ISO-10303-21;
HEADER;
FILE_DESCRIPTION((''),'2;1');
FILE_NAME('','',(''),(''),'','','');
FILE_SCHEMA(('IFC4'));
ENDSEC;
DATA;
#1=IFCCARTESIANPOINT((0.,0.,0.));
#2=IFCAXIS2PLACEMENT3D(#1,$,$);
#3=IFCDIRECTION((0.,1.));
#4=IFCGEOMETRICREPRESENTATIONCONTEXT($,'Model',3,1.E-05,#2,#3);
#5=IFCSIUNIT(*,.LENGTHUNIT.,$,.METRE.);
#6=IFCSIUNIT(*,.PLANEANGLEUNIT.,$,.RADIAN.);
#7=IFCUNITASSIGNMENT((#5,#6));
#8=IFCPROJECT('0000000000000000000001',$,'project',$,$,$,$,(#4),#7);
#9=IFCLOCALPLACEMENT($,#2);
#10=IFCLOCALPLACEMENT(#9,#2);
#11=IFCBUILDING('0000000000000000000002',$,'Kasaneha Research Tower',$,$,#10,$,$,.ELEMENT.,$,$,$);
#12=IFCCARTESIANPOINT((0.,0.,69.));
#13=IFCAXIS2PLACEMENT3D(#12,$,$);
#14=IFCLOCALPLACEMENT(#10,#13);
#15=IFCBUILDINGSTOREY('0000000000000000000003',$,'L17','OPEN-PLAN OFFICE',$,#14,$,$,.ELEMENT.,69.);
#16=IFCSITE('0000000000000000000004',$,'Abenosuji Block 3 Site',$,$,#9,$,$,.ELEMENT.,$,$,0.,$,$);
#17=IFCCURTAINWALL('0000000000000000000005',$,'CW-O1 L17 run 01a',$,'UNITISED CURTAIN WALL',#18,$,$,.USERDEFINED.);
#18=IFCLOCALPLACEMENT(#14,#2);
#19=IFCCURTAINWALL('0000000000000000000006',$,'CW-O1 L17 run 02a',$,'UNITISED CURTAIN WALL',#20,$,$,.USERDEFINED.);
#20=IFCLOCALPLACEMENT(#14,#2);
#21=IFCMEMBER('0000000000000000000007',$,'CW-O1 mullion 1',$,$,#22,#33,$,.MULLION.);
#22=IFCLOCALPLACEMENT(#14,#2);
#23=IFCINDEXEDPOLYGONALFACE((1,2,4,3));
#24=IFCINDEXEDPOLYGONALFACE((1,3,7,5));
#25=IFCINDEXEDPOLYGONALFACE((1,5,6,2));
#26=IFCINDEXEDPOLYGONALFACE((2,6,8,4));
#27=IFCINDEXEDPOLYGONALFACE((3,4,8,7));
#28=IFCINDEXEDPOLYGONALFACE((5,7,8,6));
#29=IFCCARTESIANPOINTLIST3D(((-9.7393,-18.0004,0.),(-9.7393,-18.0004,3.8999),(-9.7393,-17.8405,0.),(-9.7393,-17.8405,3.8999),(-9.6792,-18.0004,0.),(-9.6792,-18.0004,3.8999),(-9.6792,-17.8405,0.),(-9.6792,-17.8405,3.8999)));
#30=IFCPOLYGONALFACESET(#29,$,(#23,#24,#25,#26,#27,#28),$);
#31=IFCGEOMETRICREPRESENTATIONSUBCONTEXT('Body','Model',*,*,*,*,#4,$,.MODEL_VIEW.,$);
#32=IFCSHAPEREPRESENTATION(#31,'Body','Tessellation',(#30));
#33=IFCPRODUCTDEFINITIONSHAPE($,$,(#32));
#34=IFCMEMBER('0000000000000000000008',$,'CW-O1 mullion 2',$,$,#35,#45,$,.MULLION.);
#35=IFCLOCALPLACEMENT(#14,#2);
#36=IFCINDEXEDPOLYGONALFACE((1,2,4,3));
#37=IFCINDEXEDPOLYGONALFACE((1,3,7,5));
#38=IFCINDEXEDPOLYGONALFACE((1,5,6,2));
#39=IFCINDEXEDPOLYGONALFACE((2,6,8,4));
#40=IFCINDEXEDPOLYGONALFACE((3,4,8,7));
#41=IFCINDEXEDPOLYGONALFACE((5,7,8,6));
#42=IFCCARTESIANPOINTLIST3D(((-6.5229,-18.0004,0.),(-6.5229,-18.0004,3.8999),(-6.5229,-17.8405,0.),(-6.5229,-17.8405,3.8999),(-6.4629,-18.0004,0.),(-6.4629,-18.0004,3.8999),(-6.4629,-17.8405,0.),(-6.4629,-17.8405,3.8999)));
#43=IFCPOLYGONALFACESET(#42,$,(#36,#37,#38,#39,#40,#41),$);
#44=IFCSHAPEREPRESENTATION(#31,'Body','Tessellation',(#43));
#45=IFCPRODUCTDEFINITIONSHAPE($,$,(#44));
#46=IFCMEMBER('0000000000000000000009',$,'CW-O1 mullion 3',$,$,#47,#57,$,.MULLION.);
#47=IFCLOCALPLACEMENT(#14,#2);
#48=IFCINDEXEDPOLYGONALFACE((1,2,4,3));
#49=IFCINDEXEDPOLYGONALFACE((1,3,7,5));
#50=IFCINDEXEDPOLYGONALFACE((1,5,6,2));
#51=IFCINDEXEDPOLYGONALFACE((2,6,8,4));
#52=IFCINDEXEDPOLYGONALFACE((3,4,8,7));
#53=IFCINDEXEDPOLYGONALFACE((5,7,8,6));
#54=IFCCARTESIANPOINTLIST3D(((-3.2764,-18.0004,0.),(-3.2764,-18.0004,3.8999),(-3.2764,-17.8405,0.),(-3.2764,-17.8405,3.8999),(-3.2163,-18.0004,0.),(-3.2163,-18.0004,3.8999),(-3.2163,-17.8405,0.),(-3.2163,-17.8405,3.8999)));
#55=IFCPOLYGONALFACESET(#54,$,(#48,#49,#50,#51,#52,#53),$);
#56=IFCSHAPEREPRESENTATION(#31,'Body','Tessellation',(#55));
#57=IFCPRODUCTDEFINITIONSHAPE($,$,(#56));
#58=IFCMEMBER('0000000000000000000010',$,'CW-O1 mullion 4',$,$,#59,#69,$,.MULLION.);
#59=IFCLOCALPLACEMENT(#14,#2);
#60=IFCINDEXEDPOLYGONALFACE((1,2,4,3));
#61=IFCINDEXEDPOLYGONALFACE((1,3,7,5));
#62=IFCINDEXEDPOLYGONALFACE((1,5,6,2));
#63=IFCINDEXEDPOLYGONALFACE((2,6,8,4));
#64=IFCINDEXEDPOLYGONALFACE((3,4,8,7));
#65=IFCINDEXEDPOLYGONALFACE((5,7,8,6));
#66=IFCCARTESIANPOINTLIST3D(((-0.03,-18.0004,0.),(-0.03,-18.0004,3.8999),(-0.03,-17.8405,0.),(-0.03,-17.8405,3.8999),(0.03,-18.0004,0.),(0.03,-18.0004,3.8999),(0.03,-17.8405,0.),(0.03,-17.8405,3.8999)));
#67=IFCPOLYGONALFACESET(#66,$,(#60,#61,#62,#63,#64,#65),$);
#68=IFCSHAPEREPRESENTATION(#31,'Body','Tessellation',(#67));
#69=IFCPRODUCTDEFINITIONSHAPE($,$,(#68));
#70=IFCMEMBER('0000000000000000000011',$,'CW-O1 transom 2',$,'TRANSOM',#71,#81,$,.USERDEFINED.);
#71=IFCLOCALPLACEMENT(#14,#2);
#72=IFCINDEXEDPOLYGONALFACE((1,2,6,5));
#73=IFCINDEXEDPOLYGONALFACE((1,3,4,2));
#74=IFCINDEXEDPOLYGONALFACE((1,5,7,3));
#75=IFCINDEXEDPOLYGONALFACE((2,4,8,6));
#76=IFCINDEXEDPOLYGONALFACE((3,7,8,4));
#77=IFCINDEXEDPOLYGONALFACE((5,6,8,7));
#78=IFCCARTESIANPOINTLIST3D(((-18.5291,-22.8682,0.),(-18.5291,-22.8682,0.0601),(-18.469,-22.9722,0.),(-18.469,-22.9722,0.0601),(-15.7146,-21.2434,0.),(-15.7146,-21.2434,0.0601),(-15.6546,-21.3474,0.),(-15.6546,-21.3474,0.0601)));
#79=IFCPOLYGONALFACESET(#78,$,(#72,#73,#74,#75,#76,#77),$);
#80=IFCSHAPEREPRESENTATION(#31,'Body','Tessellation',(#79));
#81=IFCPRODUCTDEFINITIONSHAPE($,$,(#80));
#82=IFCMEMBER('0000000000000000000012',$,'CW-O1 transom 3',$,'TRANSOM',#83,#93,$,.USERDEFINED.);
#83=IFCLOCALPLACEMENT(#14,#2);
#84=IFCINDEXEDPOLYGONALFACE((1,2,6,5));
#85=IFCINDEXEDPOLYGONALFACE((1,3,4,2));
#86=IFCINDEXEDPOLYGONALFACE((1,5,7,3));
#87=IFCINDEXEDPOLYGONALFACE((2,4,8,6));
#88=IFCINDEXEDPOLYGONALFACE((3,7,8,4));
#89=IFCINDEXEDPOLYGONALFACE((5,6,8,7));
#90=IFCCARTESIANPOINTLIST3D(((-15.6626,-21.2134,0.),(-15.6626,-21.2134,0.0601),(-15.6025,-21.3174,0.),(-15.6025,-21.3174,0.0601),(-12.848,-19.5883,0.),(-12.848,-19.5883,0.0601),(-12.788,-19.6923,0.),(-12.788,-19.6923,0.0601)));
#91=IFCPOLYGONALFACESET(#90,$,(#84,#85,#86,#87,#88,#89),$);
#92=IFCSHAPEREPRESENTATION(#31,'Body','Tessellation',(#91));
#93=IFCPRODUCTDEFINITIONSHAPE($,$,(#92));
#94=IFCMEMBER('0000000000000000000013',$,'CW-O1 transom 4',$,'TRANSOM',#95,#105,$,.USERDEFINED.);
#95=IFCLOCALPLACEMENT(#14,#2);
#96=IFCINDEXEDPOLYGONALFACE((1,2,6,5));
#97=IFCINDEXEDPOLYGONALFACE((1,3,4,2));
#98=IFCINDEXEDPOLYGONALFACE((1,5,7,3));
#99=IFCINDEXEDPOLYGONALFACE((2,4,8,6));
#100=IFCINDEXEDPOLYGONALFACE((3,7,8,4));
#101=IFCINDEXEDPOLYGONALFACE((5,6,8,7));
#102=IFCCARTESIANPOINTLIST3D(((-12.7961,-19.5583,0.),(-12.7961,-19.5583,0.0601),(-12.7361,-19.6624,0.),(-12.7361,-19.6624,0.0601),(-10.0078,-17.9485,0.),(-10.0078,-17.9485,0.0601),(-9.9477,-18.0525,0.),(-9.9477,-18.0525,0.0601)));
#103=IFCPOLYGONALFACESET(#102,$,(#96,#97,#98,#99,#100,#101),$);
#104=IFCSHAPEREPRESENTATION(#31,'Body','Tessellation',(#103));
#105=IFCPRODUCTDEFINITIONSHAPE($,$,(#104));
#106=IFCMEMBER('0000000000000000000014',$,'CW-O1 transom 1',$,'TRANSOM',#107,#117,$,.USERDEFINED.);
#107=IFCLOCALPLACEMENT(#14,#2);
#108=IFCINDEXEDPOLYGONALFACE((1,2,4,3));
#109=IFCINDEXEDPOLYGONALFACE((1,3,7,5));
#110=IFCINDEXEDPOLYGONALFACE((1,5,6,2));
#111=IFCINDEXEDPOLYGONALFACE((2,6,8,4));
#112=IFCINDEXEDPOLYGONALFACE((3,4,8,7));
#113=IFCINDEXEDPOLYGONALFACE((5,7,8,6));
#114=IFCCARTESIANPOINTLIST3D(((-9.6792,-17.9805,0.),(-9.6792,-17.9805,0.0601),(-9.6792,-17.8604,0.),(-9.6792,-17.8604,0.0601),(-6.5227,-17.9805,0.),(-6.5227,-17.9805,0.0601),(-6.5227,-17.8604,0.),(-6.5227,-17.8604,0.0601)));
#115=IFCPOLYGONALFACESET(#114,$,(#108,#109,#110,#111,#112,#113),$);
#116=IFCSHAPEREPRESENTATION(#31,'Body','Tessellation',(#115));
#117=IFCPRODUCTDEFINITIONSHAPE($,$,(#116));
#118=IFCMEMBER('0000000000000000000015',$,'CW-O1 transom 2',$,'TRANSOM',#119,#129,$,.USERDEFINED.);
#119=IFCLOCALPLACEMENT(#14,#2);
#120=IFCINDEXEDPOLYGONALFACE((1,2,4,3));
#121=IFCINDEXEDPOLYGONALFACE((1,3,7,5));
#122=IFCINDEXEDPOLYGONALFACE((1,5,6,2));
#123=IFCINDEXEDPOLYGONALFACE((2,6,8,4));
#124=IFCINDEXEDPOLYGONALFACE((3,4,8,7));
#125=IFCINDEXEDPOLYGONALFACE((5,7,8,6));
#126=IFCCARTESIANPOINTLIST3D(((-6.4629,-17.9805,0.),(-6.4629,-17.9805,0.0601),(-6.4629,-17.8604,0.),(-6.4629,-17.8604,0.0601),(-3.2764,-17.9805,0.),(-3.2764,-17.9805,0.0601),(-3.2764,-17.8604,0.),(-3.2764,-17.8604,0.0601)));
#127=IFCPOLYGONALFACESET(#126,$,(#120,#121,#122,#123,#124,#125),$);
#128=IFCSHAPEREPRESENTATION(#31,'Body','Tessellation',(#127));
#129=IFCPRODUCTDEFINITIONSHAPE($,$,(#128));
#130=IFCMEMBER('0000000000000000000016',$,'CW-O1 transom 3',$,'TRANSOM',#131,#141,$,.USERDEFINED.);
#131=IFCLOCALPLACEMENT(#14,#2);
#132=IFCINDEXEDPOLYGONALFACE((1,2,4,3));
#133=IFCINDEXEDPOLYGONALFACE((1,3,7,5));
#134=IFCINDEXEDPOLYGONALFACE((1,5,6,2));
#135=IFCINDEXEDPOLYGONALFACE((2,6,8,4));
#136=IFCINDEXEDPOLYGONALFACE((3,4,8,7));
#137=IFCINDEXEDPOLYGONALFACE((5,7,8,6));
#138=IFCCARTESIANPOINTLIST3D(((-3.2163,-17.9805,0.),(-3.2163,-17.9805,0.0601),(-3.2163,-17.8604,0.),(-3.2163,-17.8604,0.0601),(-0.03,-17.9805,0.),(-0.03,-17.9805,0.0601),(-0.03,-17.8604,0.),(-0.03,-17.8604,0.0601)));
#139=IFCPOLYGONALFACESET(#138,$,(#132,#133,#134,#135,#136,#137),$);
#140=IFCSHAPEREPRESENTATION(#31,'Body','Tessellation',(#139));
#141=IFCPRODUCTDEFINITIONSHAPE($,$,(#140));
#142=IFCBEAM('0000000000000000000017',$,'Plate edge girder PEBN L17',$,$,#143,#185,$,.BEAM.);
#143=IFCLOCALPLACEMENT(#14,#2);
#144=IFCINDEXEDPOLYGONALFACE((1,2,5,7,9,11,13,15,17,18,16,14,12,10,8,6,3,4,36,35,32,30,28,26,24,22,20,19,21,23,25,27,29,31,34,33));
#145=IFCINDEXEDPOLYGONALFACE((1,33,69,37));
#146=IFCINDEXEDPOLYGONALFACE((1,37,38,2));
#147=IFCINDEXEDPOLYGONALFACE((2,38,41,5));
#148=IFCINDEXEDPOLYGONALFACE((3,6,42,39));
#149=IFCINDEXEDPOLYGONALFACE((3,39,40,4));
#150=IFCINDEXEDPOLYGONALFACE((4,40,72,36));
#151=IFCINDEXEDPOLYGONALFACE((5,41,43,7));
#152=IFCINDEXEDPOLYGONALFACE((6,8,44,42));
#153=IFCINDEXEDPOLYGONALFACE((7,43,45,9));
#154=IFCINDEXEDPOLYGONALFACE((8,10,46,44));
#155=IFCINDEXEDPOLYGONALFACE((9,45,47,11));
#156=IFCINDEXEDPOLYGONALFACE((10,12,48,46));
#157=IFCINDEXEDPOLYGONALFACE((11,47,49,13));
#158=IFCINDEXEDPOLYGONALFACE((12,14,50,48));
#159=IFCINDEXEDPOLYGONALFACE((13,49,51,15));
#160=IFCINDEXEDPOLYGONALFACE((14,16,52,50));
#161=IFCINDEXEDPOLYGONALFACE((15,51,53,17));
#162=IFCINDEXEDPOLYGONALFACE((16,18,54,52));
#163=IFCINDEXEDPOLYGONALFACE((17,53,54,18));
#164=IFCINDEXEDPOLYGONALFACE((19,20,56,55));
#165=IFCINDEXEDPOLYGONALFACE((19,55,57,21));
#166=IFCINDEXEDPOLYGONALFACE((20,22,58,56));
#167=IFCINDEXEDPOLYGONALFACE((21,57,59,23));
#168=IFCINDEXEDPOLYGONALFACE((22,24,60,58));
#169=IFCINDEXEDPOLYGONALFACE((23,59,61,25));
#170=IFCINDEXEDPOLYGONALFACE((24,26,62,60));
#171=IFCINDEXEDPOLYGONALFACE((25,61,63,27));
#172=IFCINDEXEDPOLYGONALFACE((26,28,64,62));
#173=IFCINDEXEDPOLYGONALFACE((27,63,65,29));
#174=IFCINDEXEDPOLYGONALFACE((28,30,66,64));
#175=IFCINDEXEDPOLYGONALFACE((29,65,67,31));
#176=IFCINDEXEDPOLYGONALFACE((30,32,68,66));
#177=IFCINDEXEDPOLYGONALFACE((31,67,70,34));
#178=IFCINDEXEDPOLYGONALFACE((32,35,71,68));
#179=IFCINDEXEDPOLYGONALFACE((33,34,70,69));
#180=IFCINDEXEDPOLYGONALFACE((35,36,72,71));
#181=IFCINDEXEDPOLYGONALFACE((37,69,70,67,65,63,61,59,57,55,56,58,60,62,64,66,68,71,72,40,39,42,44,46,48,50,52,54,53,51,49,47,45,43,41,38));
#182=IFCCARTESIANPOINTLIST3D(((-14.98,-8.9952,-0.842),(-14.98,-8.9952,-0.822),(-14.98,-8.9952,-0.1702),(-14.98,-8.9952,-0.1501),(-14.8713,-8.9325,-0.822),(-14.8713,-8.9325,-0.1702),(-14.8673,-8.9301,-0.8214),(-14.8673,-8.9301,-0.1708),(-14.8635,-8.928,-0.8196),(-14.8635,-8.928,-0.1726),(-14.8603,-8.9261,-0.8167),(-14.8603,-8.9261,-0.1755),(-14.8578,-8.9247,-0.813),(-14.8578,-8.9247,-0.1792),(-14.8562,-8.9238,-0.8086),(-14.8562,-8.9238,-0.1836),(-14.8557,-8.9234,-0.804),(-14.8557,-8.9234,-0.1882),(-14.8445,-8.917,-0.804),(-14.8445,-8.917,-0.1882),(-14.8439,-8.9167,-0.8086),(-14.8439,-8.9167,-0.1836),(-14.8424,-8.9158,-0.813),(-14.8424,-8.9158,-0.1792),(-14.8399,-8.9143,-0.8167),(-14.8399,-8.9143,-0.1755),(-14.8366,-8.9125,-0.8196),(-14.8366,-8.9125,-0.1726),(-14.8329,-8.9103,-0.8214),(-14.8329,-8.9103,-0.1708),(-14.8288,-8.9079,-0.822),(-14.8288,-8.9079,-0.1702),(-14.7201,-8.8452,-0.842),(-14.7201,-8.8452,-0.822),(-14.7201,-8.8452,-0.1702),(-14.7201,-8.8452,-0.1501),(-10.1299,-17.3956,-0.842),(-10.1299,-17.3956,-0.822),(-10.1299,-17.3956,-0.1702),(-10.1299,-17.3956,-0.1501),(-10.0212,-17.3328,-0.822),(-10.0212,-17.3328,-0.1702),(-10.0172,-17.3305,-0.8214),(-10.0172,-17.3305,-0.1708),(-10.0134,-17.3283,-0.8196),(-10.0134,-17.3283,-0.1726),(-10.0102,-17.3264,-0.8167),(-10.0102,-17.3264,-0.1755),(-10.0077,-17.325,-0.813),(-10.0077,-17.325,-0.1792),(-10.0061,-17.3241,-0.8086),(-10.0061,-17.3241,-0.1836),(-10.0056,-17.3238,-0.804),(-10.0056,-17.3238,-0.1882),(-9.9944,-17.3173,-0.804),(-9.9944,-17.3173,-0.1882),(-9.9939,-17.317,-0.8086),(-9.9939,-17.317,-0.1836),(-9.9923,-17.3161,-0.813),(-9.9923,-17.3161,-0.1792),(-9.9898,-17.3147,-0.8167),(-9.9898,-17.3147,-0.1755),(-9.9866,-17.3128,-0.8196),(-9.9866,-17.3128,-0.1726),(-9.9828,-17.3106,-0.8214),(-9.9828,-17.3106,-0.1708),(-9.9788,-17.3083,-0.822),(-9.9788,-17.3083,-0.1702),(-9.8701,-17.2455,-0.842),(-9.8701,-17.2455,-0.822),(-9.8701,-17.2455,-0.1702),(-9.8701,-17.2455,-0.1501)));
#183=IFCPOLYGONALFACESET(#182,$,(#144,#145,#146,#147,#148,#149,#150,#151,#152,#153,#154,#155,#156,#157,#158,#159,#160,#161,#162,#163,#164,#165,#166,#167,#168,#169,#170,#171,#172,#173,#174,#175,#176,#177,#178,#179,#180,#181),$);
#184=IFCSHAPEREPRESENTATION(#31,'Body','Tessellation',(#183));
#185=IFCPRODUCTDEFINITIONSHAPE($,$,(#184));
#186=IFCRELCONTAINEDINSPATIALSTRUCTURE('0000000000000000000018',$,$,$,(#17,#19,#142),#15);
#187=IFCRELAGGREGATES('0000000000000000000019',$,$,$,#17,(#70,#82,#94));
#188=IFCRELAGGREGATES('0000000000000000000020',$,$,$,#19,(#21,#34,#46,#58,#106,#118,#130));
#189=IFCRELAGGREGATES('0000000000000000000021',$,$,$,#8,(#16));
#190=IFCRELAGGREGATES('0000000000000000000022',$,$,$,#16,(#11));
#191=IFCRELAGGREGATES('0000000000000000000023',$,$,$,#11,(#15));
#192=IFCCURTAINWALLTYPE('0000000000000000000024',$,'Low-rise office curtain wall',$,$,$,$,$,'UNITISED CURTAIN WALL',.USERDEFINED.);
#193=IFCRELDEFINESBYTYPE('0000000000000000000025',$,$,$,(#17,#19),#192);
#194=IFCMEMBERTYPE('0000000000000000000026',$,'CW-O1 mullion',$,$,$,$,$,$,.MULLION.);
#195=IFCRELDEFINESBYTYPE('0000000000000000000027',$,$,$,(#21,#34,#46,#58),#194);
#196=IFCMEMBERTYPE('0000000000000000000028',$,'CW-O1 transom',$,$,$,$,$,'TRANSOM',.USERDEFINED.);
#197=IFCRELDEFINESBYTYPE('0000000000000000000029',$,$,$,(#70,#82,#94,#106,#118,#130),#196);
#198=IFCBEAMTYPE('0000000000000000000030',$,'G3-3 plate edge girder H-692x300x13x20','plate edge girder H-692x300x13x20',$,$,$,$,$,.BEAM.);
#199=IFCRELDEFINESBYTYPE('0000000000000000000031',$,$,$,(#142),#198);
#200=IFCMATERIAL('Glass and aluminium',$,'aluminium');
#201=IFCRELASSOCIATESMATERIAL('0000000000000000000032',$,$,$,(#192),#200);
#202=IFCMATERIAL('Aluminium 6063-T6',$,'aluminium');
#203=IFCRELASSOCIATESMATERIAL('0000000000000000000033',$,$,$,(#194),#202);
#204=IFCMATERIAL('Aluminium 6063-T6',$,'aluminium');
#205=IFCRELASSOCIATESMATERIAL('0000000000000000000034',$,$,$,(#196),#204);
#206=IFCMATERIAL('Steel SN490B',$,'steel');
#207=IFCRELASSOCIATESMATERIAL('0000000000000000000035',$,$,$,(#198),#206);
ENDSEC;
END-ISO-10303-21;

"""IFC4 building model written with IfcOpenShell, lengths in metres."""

from ifc_helpers import new_model, si_unit, direction, frame, origin, origin_2d, place, context, subcontext, project, spatial, rectangle, i_section, extrude, material, material_profile, profile_set, type_object, element, aggregate, save


model = new_model("IFC4")

# Units and contexts
model_context = context("Model", 3, precision=1e-05, world=origin(), true_north=direction((0.0, 1.0)))
body_context = subcontext(model_context, "Body", "Model", "MODEL_VIEW")
ifc_project = project(units=[si_unit("LENGTHUNIT", "METRE"), si_unit("PLANEANGLEUNIT", "RADIAN")], contexts=[model_context])

# Site, building, storey
site_placement = place(None, origin())
site = spatial("IfcSite", under=ifc_project, at=site_placement, Name="Abenosuji Block 3 Site", CompositionType="ELEMENT", RefElevation=0.0)
building_placement = place(site_placement, origin())
building = spatial("IfcBuilding", under=site, at=building_placement, Name="Kasaneha Research Tower", CompositionType="ELEMENT")
storey_placement = place(building_placement, frame((0.0, 0.0, 69.0)))
storey = spatial("IfcBuildingStorey", under=building, at=storey_placement, Name="L17", Description="OPEN-PLAN OFFICE", CompositionType="ELEMENT", Elevation=69.0)

# Curtain walls, members
ifc_material_1 = material(Name="Glass and aluminium", Category="aluminium")
curtain_wall_type = type_object("IfcCurtainWallType", Name="Low-rise office curtain wall", ElementType="UNITISED CURTAIN WALL", PredefinedType="USERDEFINED", material=ifc_material_1)
curtain_wall_1_placement = place(storey_placement, origin())
curtain_wall_1 = element("IfcCurtainWall", 1, at=curtain_wall_1_placement, inside=storey, type_object=curtain_wall_type, Name="CW-O1 L17 run 01a", ObjectType="UNITISED CURTAIN WALL", PredefinedType="USERDEFINED")
ifc_material_2 = material(Name="Aluminium 6063-T6", Category="aluminium")
ifc_material_profile_1 = material_profile(ifc_material_2, rectangle(XDim=0.0601, YDim=0.1599, at=origin_2d()), Name="CW-O1 mullion 60x160")
ifc_profile_set_1 = profile_set([ifc_material_profile_1], Name="Aluminium 6063-T6")
member_type_1 = type_object("IfcMemberType", Name="CW-O1 mullion", PredefinedType="MULLION", material=ifc_profile_set_1)
curtain_wall_2_placement = place(storey_placement, origin())
curtain_wall_2 = element("IfcCurtainWall", 2, at=curtain_wall_2_placement, inside=storey, type_object=curtain_wall_type, Name="CW-O1 L17 run 02a", ObjectType="UNITISED CURTAIN WALL", PredefinedType="USERDEFINED")
member_1_placement = place(storey_placement, frame((-9.7092, -17.9204, 0.0), z_axis=(0.0, 0.0, 1.0), x_axis=(1.0, 0.0, 0.0)))
member_1 = element("IfcMember", 3, at=member_1_placement, type_object=member_type_1, Name="CW-O1 mullion 1", PredefinedType="MULLION", context=body_context, shape_type="SweptSolid", body=[
    extrude(rectangle(XDim=0.0601, YDim=0.1599, at=origin_2d()), origin(), (0.0, 0.0, 1.0), 3.8999),
])
member_2_placement = place(storey_placement, frame((-6.4929, -17.9204, 0.0), z_axis=(0.0, 0.0, 1.0), x_axis=(1.0, 0.0, 0.0)))
member_2 = element("IfcMember", 4, at=member_2_placement, type_object=member_type_1, Name="CW-O1 mullion 2", PredefinedType="MULLION", context=body_context, shape_type="SweptSolid", body=[
    extrude(rectangle(XDim=0.0601, YDim=0.1599, at=origin_2d()), origin(), (0.0, 0.0, 1.0), 3.8999),
])
member_3_placement = place(storey_placement, frame((-3.2463, -17.9204, 0.0), z_axis=(0.0, 0.0, 1.0), x_axis=(1.0, 0.0, 0.0)))
member_3 = element("IfcMember", 5, at=member_3_placement, type_object=member_type_1, Name="CW-O1 mullion 3", PredefinedType="MULLION", context=body_context, shape_type="SweptSolid", body=[
    extrude(rectangle(XDim=0.0601, YDim=0.1599, at=origin_2d()), origin(), (0.0, 0.0, 1.0), 3.8999),
])
member_4_placement = place(storey_placement, frame((0.0, -17.9204, 0.0), z_axis=(0.0, 0.0, 1.0), x_axis=(1.0, 0.0, 0.0)))
member_4 = element("IfcMember", 6, at=member_4_placement, type_object=member_type_1, Name="CW-O1 mullion 4", PredefinedType="MULLION", context=body_context, shape_type="SweptSolid", body=[
    extrude(rectangle(XDim=0.0601, YDim=0.1599, at=origin_2d()), origin(), (0.0, 0.0, 1.0), 3.8999),
])

# Members
ifc_material_3 = material(Name="Aluminium 6063-T6", Category="aluminium")
ifc_material_profile_2 = material_profile(ifc_material_3, rectangle(XDim=0.1201, YDim=0.0601, at=origin_2d()), Name="CW-O1 transom 120x60")
ifc_profile_set_2 = profile_set([ifc_material_profile_2], Name="Aluminium 6063-T6")
member_type_2 = type_object("IfcMemberType", Name="CW-O1 transom", ElementType="TRANSOM", PredefinedType="USERDEFINED", material=ifc_profile_set_2)
member_5_placement = place(storey_placement, frame((-18.499, -22.9202, 0.03), z_axis=(0.866048, 0.499961, 0.0), x_axis=(-0.499961, 0.866048, 0.0)))
member_5 = element("IfcMember", 7, at=member_5_placement, type_object=member_type_2, Name="CW-O1 transom 2", ObjectType="TRANSOM", PredefinedType="USERDEFINED", context=body_context, shape_type="SweptSolid", body=[
    extrude(rectangle(XDim=0.1201, YDim=0.0601, at=origin_2d()), origin(), (0.0, 0.0, 1.0), 3.2498),
])
member_6_placement = place(storey_placement, frame((-15.6326, -21.2654, 0.03), z_axis=(0.866015, 0.500017, 0.0), x_axis=(-0.500017, 0.866015, 0.0)))
member_6 = element("IfcMember", 8, at=member_6_placement, type_object=member_type_2, Name="CW-O1 transom 3", ObjectType="TRANSOM", PredefinedType="USERDEFINED", context=body_context, shape_type="SweptSolid", body=[
    extrude(rectangle(XDim=0.1201, YDim=0.0601, at=origin_2d()), origin(), (0.0, 0.0, 1.0), 3.25),
])
member_7_placement = place(storey_placement, frame((-12.7661, -19.6104, 0.03), z_axis=(0.866023, 0.500005, 0.0), x_axis=(-0.500005, 0.866023, 0.0)))
member_7 = element("IfcMember", 9, at=member_7_placement, type_object=member_type_2, Name="CW-O1 transom 4", ObjectType="TRANSOM", PredefinedType="USERDEFINED", context=body_context, shape_type="SweptSolid", body=[
    extrude(rectangle(XDim=0.1201, YDim=0.0601, at=origin_2d()), origin(), (0.0, 0.0, 1.0), 3.2197),
])
member_8_placement = place(storey_placement, frame((-9.6792, -17.9204, 0.03), z_axis=(1.0, 0.0, 0.0), x_axis=(0.0, 1.0, 0.0)))
member_8 = element("IfcMember", 10, at=member_8_placement, type_object=member_type_2, Name="CW-O1 transom 1", ObjectType="TRANSOM", PredefinedType="USERDEFINED", context=body_context, shape_type="SweptSolid", body=[
    extrude(rectangle(XDim=0.1201, YDim=0.0601, at=origin_2d()), origin(), (0.0, 0.0, 1.0), 3.1565),
])
member_9_placement = place(storey_placement, frame((-6.4629, -17.9204, 0.03), z_axis=(1.0, 0.0, 0.0), x_axis=(0.0, 1.0, 0.0)))
member_9 = element("IfcMember", 11, at=member_9_placement, type_object=member_type_2, Name="CW-O1 transom 2", ObjectType="TRANSOM", PredefinedType="USERDEFINED", context=body_context, shape_type="SweptSolid", body=[
    extrude(rectangle(XDim=0.1201, YDim=0.0601, at=origin_2d()), origin(), (0.0, 0.0, 1.0), 3.1865),
])
member_10_placement = place(storey_placement, frame((-3.2163, -17.9204, 0.03), z_axis=(1.0, 0.0, 0.0), x_axis=(0.0, 1.0, 0.0)))
member_10 = element("IfcMember", 12, at=member_10_placement, type_object=member_type_2, Name="CW-O1 transom 3", ObjectType="TRANSOM", PredefinedType="USERDEFINED", context=body_context, shape_type="SweptSolid", body=[
    extrude(rectangle(XDim=0.1201, YDim=0.0601, at=origin_2d()), origin(), (0.0, 0.0, 1.0), 3.1863),
])

# Beam
ifc_material_4 = material(Name="Steel SN490B", Category="steel")
ifc_material_profile_3 = material_profile(ifc_material_4, i_section(OverallWidth=0.3, OverallDepth=0.6919, WebThickness=0.0129, FlangeThickness=0.02, FilletRadius=0.0181, at=origin_2d()), Name="H-692x300x13x20")
ifc_profile_set_3 = profile_set([ifc_material_profile_3], Name="Steel SN490B")
beam_type_1 = type_object("IfcBeamType", Name="G3-3 plate edge girder H-692x300x13x20", Description="plate edge girder H-692x300x13x20", PredefinedType="BEAM", material=ifc_profile_set_3)
beam_1_placement = place(storey_placement, frame((-10.0, -17.3206, -0.4961), z_axis=(-0.50001, 0.86602, 0.0), x_axis=(-0.86602, -0.50001, 0.0)))
element("IfcBeam", 13, at=beam_1_placement, inside=storey, type_object=beam_type_1, Name="Plate edge girder PEBN L17", PredefinedType="BEAM", context=body_context, shape_type="SweptSolid", body=[
    extrude(i_section(OverallWidth=0.3, OverallDepth=0.6919, WebThickness=0.0129, FlangeThickness=0.02, FilletRadius=0.0181, at=origin_2d()), origin(), (0.0, 0.0, 1.0), 9.7),
])

aggregate(curtain_wall_1, [member_5, member_6, member_7])
aggregate(curtain_wall_2, [member_1, member_2, member_3, member_4, member_8, member_9, member_10])

save(model, "model.ifc")
